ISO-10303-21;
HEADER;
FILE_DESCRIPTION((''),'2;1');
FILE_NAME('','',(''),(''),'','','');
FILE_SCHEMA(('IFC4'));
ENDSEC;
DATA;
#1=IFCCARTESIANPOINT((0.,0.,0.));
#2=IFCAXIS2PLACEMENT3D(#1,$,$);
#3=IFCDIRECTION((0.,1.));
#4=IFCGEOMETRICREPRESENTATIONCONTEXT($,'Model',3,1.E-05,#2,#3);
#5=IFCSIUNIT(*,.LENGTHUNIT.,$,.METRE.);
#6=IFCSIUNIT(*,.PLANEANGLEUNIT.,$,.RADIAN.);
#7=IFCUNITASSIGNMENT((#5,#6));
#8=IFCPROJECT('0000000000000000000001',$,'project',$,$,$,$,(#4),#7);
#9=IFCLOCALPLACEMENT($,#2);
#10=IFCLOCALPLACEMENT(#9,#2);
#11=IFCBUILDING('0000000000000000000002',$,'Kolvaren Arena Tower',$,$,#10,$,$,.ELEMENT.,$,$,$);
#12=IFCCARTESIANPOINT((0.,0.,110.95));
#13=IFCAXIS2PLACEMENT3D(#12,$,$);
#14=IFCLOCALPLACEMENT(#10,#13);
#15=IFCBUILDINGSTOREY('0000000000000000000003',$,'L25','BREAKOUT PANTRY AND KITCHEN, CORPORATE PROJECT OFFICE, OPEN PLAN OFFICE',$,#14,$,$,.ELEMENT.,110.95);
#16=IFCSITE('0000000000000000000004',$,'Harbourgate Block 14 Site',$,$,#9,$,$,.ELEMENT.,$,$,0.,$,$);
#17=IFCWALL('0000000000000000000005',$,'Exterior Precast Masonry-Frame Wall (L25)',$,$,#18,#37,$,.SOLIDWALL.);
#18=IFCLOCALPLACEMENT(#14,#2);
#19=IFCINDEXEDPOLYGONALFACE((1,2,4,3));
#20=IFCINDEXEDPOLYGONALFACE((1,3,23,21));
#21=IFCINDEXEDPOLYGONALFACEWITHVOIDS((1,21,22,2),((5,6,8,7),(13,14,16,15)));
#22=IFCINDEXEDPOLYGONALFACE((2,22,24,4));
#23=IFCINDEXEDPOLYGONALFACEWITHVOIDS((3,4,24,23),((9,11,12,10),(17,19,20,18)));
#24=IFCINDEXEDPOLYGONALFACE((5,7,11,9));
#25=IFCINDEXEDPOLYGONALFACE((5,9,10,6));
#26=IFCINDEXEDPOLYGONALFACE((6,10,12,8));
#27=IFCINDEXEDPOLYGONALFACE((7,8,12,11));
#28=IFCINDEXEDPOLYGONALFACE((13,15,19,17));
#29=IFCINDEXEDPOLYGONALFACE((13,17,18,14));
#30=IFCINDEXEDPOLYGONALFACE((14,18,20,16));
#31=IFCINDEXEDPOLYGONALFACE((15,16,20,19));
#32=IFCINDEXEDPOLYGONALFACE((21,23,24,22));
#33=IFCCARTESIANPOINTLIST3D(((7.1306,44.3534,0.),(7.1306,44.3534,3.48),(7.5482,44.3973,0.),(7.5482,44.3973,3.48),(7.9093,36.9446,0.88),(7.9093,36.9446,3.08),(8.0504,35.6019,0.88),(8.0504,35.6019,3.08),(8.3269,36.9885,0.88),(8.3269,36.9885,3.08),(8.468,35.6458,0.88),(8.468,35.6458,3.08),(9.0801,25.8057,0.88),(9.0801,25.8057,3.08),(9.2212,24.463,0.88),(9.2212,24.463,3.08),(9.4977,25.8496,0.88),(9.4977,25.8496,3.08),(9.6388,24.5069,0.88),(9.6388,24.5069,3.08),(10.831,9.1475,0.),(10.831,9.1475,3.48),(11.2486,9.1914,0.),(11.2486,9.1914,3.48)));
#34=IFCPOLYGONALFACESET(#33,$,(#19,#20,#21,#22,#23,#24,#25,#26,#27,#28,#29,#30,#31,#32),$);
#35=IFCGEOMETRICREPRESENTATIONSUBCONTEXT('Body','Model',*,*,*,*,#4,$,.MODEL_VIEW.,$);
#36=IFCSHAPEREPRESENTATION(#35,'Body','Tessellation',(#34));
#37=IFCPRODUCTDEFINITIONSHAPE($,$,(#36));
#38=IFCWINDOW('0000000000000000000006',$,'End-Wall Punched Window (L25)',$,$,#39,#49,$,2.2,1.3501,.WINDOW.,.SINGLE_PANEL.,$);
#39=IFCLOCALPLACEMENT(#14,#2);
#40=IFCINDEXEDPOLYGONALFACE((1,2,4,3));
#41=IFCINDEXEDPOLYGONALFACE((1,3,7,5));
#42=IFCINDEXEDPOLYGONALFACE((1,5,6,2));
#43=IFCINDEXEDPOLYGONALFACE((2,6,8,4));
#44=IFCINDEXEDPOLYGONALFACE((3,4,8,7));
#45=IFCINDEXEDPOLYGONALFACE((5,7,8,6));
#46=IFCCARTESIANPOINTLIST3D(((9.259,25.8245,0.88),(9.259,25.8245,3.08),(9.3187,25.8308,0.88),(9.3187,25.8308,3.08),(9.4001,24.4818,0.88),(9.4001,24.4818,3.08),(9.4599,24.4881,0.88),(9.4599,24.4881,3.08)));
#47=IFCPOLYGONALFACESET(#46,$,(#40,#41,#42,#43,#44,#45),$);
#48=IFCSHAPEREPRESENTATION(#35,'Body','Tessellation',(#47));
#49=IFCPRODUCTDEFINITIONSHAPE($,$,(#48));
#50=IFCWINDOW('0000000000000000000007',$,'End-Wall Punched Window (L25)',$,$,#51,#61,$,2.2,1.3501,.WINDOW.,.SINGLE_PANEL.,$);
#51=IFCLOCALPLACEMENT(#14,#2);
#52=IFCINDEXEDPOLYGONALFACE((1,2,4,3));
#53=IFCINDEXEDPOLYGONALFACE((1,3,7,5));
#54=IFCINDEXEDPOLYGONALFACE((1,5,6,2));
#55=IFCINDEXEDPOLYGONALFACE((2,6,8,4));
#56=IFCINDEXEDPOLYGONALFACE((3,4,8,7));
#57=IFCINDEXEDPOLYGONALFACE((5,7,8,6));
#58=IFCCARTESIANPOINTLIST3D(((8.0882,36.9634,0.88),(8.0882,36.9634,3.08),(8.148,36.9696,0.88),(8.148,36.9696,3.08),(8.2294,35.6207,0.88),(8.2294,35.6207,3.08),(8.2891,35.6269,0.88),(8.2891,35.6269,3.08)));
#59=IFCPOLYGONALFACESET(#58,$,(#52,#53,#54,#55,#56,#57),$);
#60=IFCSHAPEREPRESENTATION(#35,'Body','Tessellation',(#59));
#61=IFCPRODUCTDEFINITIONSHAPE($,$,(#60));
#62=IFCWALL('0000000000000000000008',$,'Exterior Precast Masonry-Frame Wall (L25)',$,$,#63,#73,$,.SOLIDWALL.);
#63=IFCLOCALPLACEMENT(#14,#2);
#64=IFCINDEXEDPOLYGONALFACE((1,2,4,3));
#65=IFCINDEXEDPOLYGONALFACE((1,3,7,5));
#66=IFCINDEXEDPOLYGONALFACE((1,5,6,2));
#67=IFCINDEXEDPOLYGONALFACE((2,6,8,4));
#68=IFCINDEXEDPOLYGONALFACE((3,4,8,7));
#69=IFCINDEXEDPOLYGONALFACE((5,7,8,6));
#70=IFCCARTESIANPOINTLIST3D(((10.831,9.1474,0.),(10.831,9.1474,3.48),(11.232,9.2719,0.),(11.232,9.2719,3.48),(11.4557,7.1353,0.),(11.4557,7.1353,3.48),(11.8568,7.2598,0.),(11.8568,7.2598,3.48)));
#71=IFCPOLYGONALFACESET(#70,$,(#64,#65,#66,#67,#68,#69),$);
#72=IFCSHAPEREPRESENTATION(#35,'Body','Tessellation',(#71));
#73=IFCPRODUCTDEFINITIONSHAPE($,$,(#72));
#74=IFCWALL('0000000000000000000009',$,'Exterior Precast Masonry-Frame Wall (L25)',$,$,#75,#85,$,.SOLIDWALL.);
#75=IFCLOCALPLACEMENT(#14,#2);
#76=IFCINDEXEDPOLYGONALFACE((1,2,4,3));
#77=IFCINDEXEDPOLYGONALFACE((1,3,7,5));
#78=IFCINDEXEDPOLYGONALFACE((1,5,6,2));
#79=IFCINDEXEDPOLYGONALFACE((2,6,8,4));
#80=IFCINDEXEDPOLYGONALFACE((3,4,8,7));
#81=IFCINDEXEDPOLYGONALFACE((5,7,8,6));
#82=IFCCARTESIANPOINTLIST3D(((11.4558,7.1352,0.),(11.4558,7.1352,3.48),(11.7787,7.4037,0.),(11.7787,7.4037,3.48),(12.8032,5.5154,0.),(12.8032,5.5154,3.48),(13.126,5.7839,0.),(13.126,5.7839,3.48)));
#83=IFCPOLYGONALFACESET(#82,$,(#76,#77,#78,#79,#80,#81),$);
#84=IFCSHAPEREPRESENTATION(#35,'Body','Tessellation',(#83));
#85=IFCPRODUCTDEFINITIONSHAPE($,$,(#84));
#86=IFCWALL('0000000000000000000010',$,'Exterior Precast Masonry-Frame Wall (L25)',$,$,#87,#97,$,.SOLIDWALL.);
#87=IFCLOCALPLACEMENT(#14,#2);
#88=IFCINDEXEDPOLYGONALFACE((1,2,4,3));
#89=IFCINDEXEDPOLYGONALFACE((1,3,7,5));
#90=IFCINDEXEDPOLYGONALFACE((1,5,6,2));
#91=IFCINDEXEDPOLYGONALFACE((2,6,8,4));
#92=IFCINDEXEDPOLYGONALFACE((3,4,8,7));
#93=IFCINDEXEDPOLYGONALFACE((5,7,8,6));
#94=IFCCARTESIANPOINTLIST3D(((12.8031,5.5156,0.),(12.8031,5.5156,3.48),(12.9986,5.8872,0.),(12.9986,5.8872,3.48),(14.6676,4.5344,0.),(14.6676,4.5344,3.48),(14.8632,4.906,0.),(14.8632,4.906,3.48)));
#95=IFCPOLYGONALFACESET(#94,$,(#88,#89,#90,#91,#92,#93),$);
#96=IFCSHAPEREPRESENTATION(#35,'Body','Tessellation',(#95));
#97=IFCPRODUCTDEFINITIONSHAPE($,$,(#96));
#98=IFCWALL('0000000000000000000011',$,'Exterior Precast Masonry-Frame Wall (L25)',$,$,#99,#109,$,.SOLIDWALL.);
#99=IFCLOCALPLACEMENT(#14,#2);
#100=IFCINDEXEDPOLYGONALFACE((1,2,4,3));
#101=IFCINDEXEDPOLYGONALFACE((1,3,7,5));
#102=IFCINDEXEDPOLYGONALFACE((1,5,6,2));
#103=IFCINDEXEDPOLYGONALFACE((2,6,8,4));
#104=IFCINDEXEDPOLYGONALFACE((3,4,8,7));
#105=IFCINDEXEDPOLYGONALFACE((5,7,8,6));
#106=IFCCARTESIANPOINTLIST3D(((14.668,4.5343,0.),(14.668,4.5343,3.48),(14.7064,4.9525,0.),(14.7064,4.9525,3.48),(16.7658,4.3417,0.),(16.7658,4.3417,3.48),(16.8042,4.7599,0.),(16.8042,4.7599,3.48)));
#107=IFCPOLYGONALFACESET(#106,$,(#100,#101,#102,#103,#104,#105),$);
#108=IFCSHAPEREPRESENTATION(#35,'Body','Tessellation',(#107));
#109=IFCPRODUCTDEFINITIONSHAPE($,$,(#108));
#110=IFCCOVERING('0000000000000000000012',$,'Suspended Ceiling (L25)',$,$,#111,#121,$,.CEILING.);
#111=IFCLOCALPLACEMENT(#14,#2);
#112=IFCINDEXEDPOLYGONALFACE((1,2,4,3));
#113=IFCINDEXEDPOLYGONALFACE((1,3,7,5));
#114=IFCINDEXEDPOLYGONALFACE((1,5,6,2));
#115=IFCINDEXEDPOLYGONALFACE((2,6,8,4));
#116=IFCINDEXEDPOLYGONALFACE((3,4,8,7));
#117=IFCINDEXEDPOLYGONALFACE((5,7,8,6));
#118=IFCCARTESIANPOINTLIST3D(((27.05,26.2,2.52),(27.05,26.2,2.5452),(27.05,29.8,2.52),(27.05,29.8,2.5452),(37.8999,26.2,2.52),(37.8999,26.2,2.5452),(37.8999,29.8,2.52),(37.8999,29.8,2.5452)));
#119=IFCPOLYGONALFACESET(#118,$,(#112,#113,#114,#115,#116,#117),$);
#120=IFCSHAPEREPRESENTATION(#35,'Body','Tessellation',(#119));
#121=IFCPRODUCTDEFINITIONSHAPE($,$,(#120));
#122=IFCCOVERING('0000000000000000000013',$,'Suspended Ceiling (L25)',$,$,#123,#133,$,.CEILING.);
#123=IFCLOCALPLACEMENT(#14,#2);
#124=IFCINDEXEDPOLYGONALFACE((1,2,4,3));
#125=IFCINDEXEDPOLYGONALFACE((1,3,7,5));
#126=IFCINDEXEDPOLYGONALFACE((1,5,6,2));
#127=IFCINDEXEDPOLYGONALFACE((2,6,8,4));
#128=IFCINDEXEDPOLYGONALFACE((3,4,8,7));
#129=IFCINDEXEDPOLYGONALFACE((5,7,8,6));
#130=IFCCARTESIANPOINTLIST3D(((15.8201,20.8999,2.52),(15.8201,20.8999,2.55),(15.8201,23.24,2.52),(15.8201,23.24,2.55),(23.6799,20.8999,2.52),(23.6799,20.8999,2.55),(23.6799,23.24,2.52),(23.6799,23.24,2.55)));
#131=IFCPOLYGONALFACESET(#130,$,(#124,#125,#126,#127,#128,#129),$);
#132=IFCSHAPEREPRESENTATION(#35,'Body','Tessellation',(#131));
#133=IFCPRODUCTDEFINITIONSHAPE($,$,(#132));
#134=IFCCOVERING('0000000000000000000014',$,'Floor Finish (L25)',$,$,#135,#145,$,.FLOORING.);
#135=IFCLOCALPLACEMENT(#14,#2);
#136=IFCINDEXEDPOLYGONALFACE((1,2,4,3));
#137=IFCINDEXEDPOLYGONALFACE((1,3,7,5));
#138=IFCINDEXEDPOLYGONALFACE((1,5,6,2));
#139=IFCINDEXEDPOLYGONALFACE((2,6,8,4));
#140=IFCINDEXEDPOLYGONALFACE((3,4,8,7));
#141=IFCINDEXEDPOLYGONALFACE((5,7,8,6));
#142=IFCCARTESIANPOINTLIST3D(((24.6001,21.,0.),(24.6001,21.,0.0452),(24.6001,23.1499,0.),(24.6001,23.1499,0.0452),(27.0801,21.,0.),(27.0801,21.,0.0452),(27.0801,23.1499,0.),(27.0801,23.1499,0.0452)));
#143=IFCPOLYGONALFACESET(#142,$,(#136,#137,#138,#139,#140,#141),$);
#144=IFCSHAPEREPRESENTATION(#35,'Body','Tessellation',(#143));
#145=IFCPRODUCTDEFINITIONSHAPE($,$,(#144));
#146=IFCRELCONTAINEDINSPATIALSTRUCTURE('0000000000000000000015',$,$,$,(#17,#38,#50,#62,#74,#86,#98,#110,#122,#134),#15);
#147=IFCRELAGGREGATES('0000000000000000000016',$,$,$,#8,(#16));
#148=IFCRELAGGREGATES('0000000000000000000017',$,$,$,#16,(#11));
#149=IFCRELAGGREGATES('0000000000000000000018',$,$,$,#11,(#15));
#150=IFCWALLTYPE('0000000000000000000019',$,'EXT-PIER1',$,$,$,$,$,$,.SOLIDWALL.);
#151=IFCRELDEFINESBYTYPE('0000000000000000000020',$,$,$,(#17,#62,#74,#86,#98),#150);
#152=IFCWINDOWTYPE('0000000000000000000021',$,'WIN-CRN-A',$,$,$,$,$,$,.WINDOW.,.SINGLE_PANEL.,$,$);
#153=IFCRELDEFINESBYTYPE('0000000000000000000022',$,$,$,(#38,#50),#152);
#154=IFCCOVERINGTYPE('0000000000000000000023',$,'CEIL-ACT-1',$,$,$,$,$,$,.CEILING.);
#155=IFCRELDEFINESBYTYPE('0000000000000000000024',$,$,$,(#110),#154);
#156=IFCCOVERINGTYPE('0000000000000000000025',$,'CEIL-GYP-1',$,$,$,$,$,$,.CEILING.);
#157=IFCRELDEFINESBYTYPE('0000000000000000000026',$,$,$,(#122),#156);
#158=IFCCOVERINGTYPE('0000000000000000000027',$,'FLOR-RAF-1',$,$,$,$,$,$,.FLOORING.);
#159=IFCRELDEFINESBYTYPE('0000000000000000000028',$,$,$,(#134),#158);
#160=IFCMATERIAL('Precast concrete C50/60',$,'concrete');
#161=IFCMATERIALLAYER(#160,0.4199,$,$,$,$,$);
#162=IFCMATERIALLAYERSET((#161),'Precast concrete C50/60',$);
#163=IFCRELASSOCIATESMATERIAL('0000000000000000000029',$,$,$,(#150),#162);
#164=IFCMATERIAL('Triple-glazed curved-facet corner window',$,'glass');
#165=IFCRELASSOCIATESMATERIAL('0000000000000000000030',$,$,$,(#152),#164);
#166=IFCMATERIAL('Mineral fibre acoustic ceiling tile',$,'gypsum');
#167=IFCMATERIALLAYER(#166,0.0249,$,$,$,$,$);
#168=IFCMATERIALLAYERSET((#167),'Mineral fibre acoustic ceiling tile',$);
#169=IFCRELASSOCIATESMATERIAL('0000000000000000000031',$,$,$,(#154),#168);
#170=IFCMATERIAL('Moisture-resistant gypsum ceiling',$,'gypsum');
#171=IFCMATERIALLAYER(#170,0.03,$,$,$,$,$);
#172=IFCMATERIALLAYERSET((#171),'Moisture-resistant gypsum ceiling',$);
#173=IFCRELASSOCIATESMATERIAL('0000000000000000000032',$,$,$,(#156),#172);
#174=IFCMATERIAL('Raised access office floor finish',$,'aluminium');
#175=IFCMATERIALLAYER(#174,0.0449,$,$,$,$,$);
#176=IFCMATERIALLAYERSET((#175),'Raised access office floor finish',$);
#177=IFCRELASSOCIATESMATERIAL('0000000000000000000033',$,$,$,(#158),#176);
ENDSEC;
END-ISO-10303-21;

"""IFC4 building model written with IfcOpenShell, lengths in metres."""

from ifc_helpers import new_model, si_unit, direction, frame, frame_2d, origin, place, context, subcontext, project, spatial, polyline, rectangle, outline, extrude, material, layer, layer_set, type_object, element, fill, save


model = new_model("IFC4")

# Units and contexts
model_context = context("Model", 3, precision=1e-05, world=origin(), true_north=direction((0.0, 1.0)))
body_context = subcontext(model_context, "Body", "Model", "MODEL_VIEW")
ifc_project = project(units=[si_unit("LENGTHUNIT", "METRE"), si_unit("PLANEANGLEUNIT", "RADIAN")], contexts=[model_context])

# Site, building, storey
site_placement = place(None, origin())
site = spatial("IfcSite", under=ifc_project, at=site_placement, Name="Harbourgate Block 14 Site", CompositionType="ELEMENT", RefElevation=0.0)
building_placement = place(site_placement, origin())
building = spatial("IfcBuilding", under=site, at=building_placement, Name="Kolvaren Arena Tower", CompositionType="ELEMENT")
storey_placement = place(building_placement, frame((0.0, 0.0, 110.95)))
storey = spatial("IfcBuildingStorey", under=building, at=storey_placement, Name="L25", Description="BREAKOUT PANTRY AND KITCHEN, CORPORATE PROJECT OFFICE, OPEN PLAN OFFICE", CompositionType="ELEMENT", Elevation=110.95)

# Wall, openings, windows
ifc_material_1 = material(Name="Precast concrete C50/60", Category="concrete")
ifc_layer_1 = layer(ifc_material_1, 0.4199)
ifc_layer_set_1 = layer_set([ifc_layer_1], Name="Precast concrete C50/60")
wall_type = type_object("IfcWallType", Name="EXT-PIER1", PredefinedType="SOLIDWALL", material=ifc_layer_set_1)
wall_1_placement = place(storey_placement, frame((11.0398, 9.1694, 0.0), z_axis=(0.0, 0.0, 1.0), x_axis=(-0.104532, 0.994522, 0.0)))
wall_1 = element("IfcWall", 1, at=wall_1_placement, inside=storey, type_object=wall_type, Name="Exterior Precast Masonry-Frame Wall (L25)", PredefinedType="SOLIDWALL", context=body_context, shape_type="SweptSolid", body=[
    extrude(rectangle(XDim=35.3999, YDim=0.4199, at=frame_2d((17.7, 0.0))), origin(), (0.0, 0.0, 1.0), 3.48),
])
opening_1_placement = place(wall_1_placement, frame((15.3999, 0.0, 0.8799)))
opening_1 = element("IfcOpeningElement", 2, at=opening_1_placement, cuts=wall_1, PredefinedType="OPENING", context=body_context, shape_type="SweptSolid", body=[
    extrude(rectangle(XDim=1.3501, YDim=2.2, at=frame_2d((0.675, 1.1001))), frame((0.0, 0.22, 0.0), z_axis=(0.0, -1.0, 0.0), x_axis=(1.0, 0.0, 0.0)), (0.0, 0.0, 1.0), 0.4399),
])
opening_2_placement = place(wall_1_placement, frame((26.6001, 0.0, 0.8799)))
opening_2 = element("IfcOpeningElement", 3, at=opening_2_placement, cuts=wall_1, PredefinedType="OPENING", context=body_context, shape_type="SweptSolid", body=[
    extrude(rectangle(XDim=1.3501, YDim=2.2, at=frame_2d((0.675, 1.1001))), frame((0.0, 0.22, 0.0), z_axis=(0.0, -1.0, 0.0), x_axis=(1.0, 0.0, 0.0)), (0.0, 0.0, 1.0), 0.4399),
])
ifc_material_2 = material(Name="Triple-glazed curved-facet corner window", Category="glass")
window_type = type_object("IfcWindowType", Name="WIN-CRN-A", PartitioningType="SINGLE_PANEL", PredefinedType="WINDOW", material=ifc_material_2)
window_1_placement = place(opening_1_placement, origin())
window_1 = element("IfcWindow", 4, at=window_1_placement, inside=storey, type_object=window_type, Name="End-Wall Punched Window (L25)", OverallHeight=2.2, OverallWidth=1.3501, PartitioningType="SINGLE_PANEL", PredefinedType="WINDOW", context=body_context, shape_type="SweptSolid", body=[
    extrude(rectangle(XDim=1.3501, YDim=2.2, at=frame_2d((0.675, 1.1001))), frame((0.0, 0.03, 0.0), z_axis=(0.0, -1.0, 0.0), x_axis=(1.0, 0.0, 0.0)), (0.0, 0.0, 1.0), 0.0601),
])
fill(opening_1, window_1)
window_2_placement = place(opening_2_placement, origin())
window_2 = element("IfcWindow", 5, at=window_2_placement, inside=storey, type_object=window_type, Name="End-Wall Punched Window (L25)", OverallHeight=2.2, OverallWidth=1.3501, PartitioningType="SINGLE_PANEL", PredefinedType="WINDOW", context=body_context, shape_type="SweptSolid", body=[
    extrude(rectangle(XDim=1.3501, YDim=2.2, at=frame_2d((0.675, 1.1001))), frame((0.0, 0.03, 0.0), z_axis=(0.0, -1.0, 0.0), x_axis=(1.0, 0.0, 0.0)), (0.0, 0.0, 1.0), 0.0601),
])
fill(opening_2, window_2)

# Walls
for number, where, z_axis, x_axis, name in (
    (6, (11.6562, 7.1975, 0.0), (0.0, 0.0, 1.0), (-0.296519, 0.955027, 0.0), "Exterior Precast Masonry-Frame Wall (L25)"),
    (7, (12.9646, 5.6497, 0.0), (0.0, 0.0, 1.0), (-0.639489, 0.7688, 0.0), "Exterior Precast Masonry-Frame Wall (L25)"),
    (8, (14.7654, 4.7202, 0.0), (0.0, 0.0, 1.0), (-0.884941, 0.465703, 0.0), "Exterior Precast Masonry-Frame Wall (L25)"),
):
    element("IfcWall", number, at=place(storey_placement, frame(where, z_axis=z_axis, x_axis=x_axis)), inside=storey, type_object=wall_type, Name=name, PredefinedType="SOLIDWALL", context=body_context, shape_type="SweptSolid", body=[
        extrude(rectangle(XDim=2.1069, YDim=0.4199, at=frame_2d((1.0535, 0.0))), origin(), (0.0, 0.0, 1.0), 3.48),
    ])
wall_2_placement = place(storey_placement, frame((16.7849, 4.5508, 0.0), z_axis=(0.0, 0.0, 1.0), x_axis=(-0.995811, 0.091434, 0.0)))
element("IfcWall", 9, at=wall_2_placement, inside=storey, type_object=wall_type, Name="Exterior Precast Masonry-Frame Wall (L25)", PredefinedType="SOLIDWALL", context=body_context, shape_type="SweptSolid", body=[
    extrude(rectangle(XDim=2.1067, YDim=0.4199, at=frame_2d((1.0532, 0.0))), origin(), (0.0, 0.0, 1.0), 3.48),
])

# Coverings
ifc_material_3 = material(Name="Mineral fibre acoustic ceiling tile", Category="gypsum")
ifc_layer_2 = layer(ifc_material_3, 0.0249)
ifc_layer_set_2 = layer_set([ifc_layer_2], Name="Mineral fibre acoustic ceiling tile")
covering_type_1 = type_object("IfcCoveringType", Name="CEIL-ACT-1", PredefinedType="CEILING", material=ifc_layer_set_2)
covering_1_placement = place(storey_placement, frame((0.0, 0.0, 2.52)))
element("IfcCovering", 10, at=covering_1_placement, inside=storey, type_object=covering_type_1, Name="Suspended Ceiling (L25)", PredefinedType="CEILING", context=body_context, shape_type="SweptSolid", body=[
    extrude(outline(polyline([(27.05, 26.2), (27.05, 29.8), (37.8999, 29.8), (37.8999, 26.2), (27.05, 26.2)])), origin(), (0.0, 0.0, 1.0), 0.0251),
])
ifc_material_4 = material(Name="Moisture-resistant gypsum ceiling", Category="gypsum")
ifc_layer_3 = layer(ifc_material_4, 0.03)
ifc_layer_set_3 = layer_set([ifc_layer_3], Name="Moisture-resistant gypsum ceiling")
covering_type_2 = type_object("IfcCoveringType", Name="CEIL-GYP-1", PredefinedType="CEILING", material=ifc_layer_set_3)
covering_2_placement = place(storey_placement, frame((0.0, 0.0, 2.52)))
element("IfcCovering", 11, at=covering_2_placement, inside=storey, type_object=covering_type_2, Name="Suspended Ceiling (L25)", PredefinedType="CEILING", context=body_context, shape_type="SweptSolid", body=[
    extrude(outline(polyline([(15.8201, 20.8999), (15.8201, 23.24), (23.6799, 23.24), (23.6799, 20.8999), (15.8201, 20.8999)])), origin(), (0.0, 0.0, 1.0), 0.03),
])
ifc_material_5 = material(Name="Raised access office floor finish", Category="aluminium")
ifc_layer_4 = layer(ifc_material_5, 0.0449)
ifc_layer_set_4 = layer_set([ifc_layer_4], Name="Raised access office floor finish")
covering_type_3 = type_object("IfcCoveringType", Name="FLOR-RAF-1", PredefinedType="FLOORING", material=ifc_layer_set_4)
covering_3_placement = place(storey_placement, origin())
element("IfcCovering", 12, at=covering_3_placement, inside=storey, type_object=covering_type_3, Name="Floor Finish (L25)", PredefinedType="FLOORING", context=body_context, shape_type="SweptSolid", body=[
    extrude(outline(polyline([(24.6001, 21.0), (24.6001, 23.1499), (27.0801, 23.1499), (27.0801, 21.0), (24.6001, 21.0)])), origin(), (0.0, 0.0, 1.0), 0.0452),
])

save(model, "model.ifc")
